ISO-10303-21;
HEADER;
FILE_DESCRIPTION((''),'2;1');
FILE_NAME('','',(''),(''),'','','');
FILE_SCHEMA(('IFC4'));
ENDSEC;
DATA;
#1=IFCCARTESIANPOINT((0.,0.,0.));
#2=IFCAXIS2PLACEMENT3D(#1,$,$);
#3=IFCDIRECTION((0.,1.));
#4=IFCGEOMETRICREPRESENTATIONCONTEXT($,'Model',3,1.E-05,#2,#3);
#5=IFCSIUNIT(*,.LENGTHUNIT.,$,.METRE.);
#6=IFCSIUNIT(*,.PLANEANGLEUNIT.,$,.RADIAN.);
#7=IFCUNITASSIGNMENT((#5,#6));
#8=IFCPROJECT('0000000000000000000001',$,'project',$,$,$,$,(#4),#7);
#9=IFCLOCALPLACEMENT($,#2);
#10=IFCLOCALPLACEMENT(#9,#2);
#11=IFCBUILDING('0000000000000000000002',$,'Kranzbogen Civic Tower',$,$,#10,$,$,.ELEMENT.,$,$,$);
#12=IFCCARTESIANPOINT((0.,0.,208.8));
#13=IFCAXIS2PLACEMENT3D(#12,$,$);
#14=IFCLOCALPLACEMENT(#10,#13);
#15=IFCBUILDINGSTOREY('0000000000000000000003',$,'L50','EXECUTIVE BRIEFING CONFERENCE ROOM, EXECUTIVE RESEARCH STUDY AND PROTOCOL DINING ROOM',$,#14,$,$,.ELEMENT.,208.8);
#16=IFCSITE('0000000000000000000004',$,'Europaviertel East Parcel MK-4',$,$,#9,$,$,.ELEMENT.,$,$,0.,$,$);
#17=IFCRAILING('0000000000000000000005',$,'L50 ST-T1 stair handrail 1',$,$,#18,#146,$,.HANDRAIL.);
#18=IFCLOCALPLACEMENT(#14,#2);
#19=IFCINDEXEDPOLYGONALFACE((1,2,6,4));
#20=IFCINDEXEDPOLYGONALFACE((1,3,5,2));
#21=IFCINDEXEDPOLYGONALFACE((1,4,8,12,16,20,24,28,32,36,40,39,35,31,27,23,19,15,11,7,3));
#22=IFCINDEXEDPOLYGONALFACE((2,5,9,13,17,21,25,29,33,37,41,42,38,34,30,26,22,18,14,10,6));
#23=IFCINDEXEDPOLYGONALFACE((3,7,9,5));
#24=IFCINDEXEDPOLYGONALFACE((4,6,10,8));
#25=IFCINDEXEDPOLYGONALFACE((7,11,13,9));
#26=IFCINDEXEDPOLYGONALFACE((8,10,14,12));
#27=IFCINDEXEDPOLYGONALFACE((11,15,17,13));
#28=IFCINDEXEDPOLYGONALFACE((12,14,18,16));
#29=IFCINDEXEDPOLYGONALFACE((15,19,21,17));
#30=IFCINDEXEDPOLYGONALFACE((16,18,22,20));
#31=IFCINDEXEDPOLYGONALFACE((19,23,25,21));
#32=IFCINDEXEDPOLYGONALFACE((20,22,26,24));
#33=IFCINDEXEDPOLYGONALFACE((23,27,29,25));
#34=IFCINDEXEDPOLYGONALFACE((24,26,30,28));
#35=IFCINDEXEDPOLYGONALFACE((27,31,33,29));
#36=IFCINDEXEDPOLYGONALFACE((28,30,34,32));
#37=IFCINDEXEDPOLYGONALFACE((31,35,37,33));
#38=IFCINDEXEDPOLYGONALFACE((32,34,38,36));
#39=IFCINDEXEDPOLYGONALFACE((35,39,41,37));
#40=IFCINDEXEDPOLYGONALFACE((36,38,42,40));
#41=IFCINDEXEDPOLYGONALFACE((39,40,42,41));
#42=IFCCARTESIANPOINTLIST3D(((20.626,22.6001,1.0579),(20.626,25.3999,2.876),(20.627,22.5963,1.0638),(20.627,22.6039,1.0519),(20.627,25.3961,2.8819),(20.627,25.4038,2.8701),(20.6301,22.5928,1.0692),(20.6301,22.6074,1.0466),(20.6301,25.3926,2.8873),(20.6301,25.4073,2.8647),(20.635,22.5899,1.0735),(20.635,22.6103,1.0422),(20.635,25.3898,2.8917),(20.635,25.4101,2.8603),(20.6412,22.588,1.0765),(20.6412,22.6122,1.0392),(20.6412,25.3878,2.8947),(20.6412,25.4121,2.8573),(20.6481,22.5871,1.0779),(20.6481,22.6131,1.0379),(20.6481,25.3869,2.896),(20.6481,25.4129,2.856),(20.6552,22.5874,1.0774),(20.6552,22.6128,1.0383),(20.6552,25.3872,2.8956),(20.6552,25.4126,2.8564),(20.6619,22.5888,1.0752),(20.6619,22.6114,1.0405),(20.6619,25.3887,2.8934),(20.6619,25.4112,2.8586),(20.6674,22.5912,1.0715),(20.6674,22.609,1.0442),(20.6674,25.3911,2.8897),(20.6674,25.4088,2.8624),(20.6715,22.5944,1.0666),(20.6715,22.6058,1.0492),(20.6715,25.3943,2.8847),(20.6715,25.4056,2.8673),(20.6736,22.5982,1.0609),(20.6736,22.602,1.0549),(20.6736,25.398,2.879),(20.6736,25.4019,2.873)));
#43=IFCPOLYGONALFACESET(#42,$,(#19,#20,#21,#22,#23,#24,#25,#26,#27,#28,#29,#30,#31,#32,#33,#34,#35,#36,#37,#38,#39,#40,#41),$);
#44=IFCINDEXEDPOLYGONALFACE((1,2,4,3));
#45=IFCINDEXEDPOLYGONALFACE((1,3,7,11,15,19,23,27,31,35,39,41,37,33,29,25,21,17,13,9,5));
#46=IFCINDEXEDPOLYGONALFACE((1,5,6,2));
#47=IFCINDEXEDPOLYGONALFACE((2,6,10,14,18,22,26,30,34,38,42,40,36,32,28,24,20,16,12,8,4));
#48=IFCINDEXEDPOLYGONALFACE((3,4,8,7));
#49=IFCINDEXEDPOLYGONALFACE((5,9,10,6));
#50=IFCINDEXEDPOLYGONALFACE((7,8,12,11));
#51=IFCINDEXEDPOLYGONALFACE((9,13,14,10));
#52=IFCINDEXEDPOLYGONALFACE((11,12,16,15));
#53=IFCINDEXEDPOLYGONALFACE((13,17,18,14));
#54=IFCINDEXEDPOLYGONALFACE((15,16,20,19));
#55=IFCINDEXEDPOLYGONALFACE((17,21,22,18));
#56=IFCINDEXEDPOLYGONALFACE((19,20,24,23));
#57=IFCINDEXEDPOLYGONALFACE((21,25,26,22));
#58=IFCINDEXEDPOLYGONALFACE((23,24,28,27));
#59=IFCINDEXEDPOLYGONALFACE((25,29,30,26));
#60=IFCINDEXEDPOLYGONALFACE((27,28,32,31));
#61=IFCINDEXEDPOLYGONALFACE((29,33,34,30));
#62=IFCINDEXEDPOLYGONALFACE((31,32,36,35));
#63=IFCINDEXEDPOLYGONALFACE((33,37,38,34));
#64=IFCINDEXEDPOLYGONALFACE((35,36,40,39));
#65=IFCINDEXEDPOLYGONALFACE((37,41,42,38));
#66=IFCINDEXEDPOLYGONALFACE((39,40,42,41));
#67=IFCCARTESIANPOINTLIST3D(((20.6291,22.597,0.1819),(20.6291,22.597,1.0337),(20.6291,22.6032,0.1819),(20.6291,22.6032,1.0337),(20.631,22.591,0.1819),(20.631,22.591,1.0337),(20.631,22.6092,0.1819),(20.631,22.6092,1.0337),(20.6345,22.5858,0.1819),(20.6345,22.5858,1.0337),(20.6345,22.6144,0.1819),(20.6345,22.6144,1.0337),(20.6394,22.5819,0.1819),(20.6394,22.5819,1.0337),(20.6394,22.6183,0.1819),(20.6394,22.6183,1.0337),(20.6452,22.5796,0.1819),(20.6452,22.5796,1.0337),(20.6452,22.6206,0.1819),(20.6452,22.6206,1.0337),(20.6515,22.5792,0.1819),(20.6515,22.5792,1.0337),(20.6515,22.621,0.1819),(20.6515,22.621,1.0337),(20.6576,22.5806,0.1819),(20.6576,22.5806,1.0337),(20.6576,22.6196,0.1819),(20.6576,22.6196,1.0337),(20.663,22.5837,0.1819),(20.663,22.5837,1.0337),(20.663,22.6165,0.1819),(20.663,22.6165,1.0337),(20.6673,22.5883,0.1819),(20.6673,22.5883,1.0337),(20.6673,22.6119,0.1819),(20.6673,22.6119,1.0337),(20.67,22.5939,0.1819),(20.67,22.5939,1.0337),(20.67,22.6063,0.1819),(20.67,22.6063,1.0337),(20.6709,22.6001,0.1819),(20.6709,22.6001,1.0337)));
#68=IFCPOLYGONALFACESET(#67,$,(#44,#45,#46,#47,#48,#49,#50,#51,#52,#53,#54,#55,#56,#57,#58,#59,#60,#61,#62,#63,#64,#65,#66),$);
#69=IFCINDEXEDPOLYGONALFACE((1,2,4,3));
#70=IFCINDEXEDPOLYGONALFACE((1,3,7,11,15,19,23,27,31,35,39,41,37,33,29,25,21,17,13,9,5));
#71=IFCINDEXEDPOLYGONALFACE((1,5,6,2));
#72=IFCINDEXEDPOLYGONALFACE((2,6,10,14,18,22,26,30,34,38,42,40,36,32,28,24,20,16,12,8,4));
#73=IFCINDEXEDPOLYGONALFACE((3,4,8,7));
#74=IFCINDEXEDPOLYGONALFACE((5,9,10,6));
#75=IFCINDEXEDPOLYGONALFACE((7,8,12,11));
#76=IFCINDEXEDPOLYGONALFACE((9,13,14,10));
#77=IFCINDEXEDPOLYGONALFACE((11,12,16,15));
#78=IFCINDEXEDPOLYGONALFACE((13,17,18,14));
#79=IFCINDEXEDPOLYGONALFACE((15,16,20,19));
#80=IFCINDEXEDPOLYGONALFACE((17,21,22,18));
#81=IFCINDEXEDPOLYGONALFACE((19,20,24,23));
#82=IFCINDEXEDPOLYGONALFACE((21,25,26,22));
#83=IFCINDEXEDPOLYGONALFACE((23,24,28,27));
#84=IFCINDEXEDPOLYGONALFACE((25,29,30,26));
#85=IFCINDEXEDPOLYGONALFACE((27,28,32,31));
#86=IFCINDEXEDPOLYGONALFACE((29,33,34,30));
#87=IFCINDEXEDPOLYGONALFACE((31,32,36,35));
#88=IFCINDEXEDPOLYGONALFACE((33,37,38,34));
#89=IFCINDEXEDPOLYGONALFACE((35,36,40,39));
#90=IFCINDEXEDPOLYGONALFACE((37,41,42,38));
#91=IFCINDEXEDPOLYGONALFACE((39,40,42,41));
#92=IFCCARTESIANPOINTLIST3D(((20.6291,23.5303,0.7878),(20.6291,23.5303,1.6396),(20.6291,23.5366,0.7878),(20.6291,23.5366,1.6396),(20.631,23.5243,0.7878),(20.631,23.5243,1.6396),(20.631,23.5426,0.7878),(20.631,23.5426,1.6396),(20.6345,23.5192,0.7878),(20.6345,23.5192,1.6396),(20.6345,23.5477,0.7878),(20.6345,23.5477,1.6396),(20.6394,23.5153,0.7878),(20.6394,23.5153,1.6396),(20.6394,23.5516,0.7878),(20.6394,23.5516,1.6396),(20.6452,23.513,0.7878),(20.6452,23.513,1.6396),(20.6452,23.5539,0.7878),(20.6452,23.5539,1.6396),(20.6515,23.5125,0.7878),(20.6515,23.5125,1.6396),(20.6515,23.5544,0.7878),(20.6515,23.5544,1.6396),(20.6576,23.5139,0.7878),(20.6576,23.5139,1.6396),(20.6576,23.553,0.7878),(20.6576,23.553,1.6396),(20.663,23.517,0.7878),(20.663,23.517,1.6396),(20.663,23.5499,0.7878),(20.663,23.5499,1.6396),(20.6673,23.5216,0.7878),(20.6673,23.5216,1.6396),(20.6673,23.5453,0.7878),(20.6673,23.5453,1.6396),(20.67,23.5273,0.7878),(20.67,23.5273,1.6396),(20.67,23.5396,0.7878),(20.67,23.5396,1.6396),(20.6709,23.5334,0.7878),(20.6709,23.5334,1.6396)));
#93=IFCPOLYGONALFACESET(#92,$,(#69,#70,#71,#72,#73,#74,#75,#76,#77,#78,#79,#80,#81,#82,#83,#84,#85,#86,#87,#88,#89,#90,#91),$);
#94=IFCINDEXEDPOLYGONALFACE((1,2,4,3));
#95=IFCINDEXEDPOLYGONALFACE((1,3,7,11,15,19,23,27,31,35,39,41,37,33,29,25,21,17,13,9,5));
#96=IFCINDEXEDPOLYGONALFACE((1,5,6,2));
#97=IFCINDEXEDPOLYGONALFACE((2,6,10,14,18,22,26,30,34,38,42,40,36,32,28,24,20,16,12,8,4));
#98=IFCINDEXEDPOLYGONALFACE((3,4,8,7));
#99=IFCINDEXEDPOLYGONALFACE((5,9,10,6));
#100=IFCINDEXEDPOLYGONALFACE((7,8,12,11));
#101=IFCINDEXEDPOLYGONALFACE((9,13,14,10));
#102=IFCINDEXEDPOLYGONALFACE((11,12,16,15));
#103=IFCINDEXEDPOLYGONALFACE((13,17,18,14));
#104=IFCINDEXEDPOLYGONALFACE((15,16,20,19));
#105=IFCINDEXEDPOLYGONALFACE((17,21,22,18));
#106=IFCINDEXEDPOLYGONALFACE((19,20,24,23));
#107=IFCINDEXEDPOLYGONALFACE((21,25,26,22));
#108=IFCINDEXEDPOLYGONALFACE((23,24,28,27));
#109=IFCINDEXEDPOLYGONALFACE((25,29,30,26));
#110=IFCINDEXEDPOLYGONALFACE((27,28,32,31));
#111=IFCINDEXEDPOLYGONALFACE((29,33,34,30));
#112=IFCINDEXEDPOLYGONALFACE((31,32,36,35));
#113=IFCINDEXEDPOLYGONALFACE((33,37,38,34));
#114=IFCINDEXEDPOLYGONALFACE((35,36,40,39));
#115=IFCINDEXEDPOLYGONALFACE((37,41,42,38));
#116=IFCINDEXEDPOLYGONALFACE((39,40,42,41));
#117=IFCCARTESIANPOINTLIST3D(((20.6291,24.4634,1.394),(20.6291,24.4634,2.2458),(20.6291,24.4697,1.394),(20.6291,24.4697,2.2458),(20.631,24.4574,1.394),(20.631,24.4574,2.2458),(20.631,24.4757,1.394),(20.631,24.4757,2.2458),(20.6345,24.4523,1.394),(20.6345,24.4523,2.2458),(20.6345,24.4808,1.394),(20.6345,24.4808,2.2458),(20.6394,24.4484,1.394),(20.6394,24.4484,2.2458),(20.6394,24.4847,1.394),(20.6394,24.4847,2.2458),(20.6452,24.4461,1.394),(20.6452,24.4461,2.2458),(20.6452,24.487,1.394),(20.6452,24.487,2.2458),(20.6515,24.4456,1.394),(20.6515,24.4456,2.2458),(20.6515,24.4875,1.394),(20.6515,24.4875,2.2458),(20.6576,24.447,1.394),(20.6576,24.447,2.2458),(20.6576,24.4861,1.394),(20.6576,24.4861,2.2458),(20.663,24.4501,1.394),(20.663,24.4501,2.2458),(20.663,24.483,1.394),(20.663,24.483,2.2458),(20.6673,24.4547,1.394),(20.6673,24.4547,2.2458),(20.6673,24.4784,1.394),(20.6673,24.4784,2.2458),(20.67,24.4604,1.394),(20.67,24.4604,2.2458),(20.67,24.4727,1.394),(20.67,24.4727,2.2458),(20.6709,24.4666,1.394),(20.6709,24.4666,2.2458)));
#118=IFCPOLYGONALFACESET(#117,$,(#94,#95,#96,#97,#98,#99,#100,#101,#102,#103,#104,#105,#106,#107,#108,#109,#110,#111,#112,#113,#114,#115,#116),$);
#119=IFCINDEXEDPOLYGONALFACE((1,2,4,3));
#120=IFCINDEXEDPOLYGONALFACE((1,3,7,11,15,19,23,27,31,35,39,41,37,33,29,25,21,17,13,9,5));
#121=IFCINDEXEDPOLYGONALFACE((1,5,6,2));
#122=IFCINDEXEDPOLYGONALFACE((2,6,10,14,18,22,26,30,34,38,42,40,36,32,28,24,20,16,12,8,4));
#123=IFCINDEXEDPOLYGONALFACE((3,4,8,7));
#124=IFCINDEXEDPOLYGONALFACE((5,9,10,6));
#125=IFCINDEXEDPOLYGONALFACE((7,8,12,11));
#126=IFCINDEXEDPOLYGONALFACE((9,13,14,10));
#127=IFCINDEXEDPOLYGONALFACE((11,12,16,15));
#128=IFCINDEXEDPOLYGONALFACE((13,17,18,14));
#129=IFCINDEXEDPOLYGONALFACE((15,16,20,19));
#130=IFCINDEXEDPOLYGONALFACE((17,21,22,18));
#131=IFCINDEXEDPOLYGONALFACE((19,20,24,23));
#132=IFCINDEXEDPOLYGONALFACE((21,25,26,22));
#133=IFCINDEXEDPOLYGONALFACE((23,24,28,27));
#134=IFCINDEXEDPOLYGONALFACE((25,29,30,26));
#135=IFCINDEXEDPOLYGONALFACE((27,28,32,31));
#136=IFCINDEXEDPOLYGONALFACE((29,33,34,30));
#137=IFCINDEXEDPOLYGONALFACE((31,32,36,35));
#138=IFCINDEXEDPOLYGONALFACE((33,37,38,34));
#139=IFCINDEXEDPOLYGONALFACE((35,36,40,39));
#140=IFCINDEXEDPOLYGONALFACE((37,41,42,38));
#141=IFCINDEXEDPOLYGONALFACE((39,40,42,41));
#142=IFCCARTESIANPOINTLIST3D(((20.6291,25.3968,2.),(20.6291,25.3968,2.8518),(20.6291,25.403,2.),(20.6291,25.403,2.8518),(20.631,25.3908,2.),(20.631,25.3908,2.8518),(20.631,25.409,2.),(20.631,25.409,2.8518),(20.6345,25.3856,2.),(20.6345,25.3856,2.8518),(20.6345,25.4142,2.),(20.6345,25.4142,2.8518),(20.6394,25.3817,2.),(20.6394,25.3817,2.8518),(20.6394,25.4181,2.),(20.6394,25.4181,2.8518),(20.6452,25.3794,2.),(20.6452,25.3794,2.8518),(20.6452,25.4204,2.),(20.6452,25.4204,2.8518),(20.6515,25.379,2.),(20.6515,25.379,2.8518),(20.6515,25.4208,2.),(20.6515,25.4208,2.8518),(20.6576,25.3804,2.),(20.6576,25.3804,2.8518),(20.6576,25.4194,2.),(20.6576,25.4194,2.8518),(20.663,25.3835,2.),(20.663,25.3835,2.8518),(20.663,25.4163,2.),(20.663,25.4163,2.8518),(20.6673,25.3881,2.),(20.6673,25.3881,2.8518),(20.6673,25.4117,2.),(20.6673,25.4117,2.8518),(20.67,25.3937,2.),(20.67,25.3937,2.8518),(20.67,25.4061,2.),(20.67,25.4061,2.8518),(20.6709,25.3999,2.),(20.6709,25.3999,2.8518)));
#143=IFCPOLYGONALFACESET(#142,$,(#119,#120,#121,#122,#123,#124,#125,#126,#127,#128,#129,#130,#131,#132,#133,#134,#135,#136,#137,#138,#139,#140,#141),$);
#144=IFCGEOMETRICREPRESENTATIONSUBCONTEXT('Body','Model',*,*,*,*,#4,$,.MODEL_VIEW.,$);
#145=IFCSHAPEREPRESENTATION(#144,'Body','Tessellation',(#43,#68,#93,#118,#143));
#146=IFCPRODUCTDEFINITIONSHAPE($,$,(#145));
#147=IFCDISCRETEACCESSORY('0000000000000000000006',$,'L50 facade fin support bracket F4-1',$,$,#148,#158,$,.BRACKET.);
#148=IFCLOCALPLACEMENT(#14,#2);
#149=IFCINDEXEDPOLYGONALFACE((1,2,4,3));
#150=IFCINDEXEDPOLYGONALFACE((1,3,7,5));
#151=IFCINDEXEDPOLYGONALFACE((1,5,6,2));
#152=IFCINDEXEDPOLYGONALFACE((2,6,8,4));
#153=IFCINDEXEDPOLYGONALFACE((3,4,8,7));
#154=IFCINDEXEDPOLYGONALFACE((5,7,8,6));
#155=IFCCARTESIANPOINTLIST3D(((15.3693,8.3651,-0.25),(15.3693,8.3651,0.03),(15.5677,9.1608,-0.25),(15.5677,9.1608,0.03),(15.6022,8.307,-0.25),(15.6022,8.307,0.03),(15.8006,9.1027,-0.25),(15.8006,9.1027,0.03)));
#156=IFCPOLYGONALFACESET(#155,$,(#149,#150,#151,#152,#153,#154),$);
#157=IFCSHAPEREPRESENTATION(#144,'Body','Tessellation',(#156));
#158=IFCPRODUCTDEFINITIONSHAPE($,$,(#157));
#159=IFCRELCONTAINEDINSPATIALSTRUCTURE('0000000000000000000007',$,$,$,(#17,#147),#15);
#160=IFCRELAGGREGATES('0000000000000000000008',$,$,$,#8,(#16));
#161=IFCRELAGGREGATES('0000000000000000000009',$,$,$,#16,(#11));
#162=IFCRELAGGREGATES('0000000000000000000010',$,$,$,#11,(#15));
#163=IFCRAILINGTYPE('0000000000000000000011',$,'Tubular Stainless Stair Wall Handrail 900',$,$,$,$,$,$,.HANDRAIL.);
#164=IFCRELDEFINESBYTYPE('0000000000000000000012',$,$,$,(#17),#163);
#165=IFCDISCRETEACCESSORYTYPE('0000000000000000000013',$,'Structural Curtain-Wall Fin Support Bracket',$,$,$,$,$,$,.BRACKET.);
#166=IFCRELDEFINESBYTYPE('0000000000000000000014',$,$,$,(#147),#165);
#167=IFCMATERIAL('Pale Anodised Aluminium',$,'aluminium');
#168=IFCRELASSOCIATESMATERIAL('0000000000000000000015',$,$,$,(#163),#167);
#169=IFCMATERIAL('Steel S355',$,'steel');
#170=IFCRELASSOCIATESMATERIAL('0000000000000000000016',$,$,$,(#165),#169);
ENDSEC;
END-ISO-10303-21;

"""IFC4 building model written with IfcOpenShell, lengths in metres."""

from ifc_helpers import new_model, si_unit, direction, frame, origin, origin_2d, place, context, subcontext, project, spatial, rectangle, circle, extrude, material, type_object, element, save


model = new_model("IFC4")

# Units and contexts
model_context = context("Model", 3, precision=1e-05, world=origin(), true_north=direction((0.0, 1.0)))
body_context = subcontext(model_context, "Body", "Model", "MODEL_VIEW")
ifc_project = project(units=[si_unit("LENGTHUNIT", "METRE"), si_unit("PLANEANGLEUNIT", "RADIAN")], contexts=[model_context])

# Site, building, storey
site_placement = place(None, origin())
site = spatial("IfcSite", under=ifc_project, at=site_placement, Name="Europaviertel East Parcel MK-4", CompositionType="ELEMENT", RefElevation=0.0)
building_placement = place(site_placement, origin())
building = spatial("IfcBuilding", under=site, at=building_placement, Name="Kranzbogen Civic Tower", CompositionType="ELEMENT")
storey_placement = place(building_placement, frame((0.0, 0.0, 208.8)))
storey = spatial("IfcBuildingStorey", under=building, at=storey_placement, Name="L50", Description="EXECUTIVE BRIEFING CONFERENCE ROOM, EXECUTIVE RESEARCH STUDY AND PROTOCOL DINING ROOM", CompositionType="ELEMENT", Elevation=208.8)

# Shared definitions
ifc_material_1 = material(Name="Steel S355", Category="steel")

# Shared definitions
ifc_material_2 = material(Name="Pale Anodised Aluminium", Category="aluminium")

# Railing
railing_type_1 = type_object("IfcRailingType", Name="Tubular Stainless Stair Wall Handrail 900", PredefinedType="HANDRAIL", material=ifc_material_2)
railing_1_placement = place(storey_placement, frame((20.6499, 22.6001, 0.1819)))
element("IfcRailing", 1, at=railing_1_placement, inside=storey, type_object=railing_type_1, Name="L50 ST-T1 stair handrail 1", PredefinedType="HANDRAIL", context=body_context, shape_type="SweptSolid", body=[
    extrude(circle(Radius=0.0239, at=origin_2d()), frame((0.0, 0.0, 0.876), z_axis=(0.0, 0.838684, 0.544618), x_axis=(-1.0, 0.0, 0.0)), (0.0, 0.0, 1.0), 3.3384),
    extrude(circle(Radius=0.021, at=origin_2d()), origin(), (0.0, 0.0, 1.0), 0.8518),
    extrude(circle(Radius=0.021, at=origin_2d()), frame((0.0, 0.9333, 0.606)), (0.0, 0.0, 1.0), 0.8518),
    extrude(circle(Radius=0.021, at=origin_2d()), frame((0.0, 1.8665, 1.2122)), (0.0, 0.0, 1.0), 0.8518),
    extrude(circle(Radius=0.021, at=origin_2d()), frame((0.0, 2.7998, 1.8181)), (0.0, 0.0, 1.0), 0.8518),
])

# Discrete accessory
discrete_accessory_type = type_object("IfcDiscreteAccessoryType", Name="Structural Curtain-Wall Fin Support Bracket", PredefinedType="BRACKET", material=ifc_material_1)
discrete_accessory_placement = place(storey_placement, frame((15.585, 8.7339, -0.25), z_axis=(0.0, 0.0, 1.0), x_axis=(-0.241922, -0.970296, 0.0)))
element("IfcDiscreteAccessory", 2, at=discrete_accessory_placement, inside=storey, type_object=discrete_accessory_type, Name="L50 facade fin support bracket F4-1", PredefinedType="BRACKET", context=body_context, shape_type="SweptSolid", body=[
    extrude(rectangle(XDim=0.8201, YDim=0.24, at=origin_2d()), origin(), (0.0, 0.0, 1.0), 0.28),
])

save(model, "model.ifc")
